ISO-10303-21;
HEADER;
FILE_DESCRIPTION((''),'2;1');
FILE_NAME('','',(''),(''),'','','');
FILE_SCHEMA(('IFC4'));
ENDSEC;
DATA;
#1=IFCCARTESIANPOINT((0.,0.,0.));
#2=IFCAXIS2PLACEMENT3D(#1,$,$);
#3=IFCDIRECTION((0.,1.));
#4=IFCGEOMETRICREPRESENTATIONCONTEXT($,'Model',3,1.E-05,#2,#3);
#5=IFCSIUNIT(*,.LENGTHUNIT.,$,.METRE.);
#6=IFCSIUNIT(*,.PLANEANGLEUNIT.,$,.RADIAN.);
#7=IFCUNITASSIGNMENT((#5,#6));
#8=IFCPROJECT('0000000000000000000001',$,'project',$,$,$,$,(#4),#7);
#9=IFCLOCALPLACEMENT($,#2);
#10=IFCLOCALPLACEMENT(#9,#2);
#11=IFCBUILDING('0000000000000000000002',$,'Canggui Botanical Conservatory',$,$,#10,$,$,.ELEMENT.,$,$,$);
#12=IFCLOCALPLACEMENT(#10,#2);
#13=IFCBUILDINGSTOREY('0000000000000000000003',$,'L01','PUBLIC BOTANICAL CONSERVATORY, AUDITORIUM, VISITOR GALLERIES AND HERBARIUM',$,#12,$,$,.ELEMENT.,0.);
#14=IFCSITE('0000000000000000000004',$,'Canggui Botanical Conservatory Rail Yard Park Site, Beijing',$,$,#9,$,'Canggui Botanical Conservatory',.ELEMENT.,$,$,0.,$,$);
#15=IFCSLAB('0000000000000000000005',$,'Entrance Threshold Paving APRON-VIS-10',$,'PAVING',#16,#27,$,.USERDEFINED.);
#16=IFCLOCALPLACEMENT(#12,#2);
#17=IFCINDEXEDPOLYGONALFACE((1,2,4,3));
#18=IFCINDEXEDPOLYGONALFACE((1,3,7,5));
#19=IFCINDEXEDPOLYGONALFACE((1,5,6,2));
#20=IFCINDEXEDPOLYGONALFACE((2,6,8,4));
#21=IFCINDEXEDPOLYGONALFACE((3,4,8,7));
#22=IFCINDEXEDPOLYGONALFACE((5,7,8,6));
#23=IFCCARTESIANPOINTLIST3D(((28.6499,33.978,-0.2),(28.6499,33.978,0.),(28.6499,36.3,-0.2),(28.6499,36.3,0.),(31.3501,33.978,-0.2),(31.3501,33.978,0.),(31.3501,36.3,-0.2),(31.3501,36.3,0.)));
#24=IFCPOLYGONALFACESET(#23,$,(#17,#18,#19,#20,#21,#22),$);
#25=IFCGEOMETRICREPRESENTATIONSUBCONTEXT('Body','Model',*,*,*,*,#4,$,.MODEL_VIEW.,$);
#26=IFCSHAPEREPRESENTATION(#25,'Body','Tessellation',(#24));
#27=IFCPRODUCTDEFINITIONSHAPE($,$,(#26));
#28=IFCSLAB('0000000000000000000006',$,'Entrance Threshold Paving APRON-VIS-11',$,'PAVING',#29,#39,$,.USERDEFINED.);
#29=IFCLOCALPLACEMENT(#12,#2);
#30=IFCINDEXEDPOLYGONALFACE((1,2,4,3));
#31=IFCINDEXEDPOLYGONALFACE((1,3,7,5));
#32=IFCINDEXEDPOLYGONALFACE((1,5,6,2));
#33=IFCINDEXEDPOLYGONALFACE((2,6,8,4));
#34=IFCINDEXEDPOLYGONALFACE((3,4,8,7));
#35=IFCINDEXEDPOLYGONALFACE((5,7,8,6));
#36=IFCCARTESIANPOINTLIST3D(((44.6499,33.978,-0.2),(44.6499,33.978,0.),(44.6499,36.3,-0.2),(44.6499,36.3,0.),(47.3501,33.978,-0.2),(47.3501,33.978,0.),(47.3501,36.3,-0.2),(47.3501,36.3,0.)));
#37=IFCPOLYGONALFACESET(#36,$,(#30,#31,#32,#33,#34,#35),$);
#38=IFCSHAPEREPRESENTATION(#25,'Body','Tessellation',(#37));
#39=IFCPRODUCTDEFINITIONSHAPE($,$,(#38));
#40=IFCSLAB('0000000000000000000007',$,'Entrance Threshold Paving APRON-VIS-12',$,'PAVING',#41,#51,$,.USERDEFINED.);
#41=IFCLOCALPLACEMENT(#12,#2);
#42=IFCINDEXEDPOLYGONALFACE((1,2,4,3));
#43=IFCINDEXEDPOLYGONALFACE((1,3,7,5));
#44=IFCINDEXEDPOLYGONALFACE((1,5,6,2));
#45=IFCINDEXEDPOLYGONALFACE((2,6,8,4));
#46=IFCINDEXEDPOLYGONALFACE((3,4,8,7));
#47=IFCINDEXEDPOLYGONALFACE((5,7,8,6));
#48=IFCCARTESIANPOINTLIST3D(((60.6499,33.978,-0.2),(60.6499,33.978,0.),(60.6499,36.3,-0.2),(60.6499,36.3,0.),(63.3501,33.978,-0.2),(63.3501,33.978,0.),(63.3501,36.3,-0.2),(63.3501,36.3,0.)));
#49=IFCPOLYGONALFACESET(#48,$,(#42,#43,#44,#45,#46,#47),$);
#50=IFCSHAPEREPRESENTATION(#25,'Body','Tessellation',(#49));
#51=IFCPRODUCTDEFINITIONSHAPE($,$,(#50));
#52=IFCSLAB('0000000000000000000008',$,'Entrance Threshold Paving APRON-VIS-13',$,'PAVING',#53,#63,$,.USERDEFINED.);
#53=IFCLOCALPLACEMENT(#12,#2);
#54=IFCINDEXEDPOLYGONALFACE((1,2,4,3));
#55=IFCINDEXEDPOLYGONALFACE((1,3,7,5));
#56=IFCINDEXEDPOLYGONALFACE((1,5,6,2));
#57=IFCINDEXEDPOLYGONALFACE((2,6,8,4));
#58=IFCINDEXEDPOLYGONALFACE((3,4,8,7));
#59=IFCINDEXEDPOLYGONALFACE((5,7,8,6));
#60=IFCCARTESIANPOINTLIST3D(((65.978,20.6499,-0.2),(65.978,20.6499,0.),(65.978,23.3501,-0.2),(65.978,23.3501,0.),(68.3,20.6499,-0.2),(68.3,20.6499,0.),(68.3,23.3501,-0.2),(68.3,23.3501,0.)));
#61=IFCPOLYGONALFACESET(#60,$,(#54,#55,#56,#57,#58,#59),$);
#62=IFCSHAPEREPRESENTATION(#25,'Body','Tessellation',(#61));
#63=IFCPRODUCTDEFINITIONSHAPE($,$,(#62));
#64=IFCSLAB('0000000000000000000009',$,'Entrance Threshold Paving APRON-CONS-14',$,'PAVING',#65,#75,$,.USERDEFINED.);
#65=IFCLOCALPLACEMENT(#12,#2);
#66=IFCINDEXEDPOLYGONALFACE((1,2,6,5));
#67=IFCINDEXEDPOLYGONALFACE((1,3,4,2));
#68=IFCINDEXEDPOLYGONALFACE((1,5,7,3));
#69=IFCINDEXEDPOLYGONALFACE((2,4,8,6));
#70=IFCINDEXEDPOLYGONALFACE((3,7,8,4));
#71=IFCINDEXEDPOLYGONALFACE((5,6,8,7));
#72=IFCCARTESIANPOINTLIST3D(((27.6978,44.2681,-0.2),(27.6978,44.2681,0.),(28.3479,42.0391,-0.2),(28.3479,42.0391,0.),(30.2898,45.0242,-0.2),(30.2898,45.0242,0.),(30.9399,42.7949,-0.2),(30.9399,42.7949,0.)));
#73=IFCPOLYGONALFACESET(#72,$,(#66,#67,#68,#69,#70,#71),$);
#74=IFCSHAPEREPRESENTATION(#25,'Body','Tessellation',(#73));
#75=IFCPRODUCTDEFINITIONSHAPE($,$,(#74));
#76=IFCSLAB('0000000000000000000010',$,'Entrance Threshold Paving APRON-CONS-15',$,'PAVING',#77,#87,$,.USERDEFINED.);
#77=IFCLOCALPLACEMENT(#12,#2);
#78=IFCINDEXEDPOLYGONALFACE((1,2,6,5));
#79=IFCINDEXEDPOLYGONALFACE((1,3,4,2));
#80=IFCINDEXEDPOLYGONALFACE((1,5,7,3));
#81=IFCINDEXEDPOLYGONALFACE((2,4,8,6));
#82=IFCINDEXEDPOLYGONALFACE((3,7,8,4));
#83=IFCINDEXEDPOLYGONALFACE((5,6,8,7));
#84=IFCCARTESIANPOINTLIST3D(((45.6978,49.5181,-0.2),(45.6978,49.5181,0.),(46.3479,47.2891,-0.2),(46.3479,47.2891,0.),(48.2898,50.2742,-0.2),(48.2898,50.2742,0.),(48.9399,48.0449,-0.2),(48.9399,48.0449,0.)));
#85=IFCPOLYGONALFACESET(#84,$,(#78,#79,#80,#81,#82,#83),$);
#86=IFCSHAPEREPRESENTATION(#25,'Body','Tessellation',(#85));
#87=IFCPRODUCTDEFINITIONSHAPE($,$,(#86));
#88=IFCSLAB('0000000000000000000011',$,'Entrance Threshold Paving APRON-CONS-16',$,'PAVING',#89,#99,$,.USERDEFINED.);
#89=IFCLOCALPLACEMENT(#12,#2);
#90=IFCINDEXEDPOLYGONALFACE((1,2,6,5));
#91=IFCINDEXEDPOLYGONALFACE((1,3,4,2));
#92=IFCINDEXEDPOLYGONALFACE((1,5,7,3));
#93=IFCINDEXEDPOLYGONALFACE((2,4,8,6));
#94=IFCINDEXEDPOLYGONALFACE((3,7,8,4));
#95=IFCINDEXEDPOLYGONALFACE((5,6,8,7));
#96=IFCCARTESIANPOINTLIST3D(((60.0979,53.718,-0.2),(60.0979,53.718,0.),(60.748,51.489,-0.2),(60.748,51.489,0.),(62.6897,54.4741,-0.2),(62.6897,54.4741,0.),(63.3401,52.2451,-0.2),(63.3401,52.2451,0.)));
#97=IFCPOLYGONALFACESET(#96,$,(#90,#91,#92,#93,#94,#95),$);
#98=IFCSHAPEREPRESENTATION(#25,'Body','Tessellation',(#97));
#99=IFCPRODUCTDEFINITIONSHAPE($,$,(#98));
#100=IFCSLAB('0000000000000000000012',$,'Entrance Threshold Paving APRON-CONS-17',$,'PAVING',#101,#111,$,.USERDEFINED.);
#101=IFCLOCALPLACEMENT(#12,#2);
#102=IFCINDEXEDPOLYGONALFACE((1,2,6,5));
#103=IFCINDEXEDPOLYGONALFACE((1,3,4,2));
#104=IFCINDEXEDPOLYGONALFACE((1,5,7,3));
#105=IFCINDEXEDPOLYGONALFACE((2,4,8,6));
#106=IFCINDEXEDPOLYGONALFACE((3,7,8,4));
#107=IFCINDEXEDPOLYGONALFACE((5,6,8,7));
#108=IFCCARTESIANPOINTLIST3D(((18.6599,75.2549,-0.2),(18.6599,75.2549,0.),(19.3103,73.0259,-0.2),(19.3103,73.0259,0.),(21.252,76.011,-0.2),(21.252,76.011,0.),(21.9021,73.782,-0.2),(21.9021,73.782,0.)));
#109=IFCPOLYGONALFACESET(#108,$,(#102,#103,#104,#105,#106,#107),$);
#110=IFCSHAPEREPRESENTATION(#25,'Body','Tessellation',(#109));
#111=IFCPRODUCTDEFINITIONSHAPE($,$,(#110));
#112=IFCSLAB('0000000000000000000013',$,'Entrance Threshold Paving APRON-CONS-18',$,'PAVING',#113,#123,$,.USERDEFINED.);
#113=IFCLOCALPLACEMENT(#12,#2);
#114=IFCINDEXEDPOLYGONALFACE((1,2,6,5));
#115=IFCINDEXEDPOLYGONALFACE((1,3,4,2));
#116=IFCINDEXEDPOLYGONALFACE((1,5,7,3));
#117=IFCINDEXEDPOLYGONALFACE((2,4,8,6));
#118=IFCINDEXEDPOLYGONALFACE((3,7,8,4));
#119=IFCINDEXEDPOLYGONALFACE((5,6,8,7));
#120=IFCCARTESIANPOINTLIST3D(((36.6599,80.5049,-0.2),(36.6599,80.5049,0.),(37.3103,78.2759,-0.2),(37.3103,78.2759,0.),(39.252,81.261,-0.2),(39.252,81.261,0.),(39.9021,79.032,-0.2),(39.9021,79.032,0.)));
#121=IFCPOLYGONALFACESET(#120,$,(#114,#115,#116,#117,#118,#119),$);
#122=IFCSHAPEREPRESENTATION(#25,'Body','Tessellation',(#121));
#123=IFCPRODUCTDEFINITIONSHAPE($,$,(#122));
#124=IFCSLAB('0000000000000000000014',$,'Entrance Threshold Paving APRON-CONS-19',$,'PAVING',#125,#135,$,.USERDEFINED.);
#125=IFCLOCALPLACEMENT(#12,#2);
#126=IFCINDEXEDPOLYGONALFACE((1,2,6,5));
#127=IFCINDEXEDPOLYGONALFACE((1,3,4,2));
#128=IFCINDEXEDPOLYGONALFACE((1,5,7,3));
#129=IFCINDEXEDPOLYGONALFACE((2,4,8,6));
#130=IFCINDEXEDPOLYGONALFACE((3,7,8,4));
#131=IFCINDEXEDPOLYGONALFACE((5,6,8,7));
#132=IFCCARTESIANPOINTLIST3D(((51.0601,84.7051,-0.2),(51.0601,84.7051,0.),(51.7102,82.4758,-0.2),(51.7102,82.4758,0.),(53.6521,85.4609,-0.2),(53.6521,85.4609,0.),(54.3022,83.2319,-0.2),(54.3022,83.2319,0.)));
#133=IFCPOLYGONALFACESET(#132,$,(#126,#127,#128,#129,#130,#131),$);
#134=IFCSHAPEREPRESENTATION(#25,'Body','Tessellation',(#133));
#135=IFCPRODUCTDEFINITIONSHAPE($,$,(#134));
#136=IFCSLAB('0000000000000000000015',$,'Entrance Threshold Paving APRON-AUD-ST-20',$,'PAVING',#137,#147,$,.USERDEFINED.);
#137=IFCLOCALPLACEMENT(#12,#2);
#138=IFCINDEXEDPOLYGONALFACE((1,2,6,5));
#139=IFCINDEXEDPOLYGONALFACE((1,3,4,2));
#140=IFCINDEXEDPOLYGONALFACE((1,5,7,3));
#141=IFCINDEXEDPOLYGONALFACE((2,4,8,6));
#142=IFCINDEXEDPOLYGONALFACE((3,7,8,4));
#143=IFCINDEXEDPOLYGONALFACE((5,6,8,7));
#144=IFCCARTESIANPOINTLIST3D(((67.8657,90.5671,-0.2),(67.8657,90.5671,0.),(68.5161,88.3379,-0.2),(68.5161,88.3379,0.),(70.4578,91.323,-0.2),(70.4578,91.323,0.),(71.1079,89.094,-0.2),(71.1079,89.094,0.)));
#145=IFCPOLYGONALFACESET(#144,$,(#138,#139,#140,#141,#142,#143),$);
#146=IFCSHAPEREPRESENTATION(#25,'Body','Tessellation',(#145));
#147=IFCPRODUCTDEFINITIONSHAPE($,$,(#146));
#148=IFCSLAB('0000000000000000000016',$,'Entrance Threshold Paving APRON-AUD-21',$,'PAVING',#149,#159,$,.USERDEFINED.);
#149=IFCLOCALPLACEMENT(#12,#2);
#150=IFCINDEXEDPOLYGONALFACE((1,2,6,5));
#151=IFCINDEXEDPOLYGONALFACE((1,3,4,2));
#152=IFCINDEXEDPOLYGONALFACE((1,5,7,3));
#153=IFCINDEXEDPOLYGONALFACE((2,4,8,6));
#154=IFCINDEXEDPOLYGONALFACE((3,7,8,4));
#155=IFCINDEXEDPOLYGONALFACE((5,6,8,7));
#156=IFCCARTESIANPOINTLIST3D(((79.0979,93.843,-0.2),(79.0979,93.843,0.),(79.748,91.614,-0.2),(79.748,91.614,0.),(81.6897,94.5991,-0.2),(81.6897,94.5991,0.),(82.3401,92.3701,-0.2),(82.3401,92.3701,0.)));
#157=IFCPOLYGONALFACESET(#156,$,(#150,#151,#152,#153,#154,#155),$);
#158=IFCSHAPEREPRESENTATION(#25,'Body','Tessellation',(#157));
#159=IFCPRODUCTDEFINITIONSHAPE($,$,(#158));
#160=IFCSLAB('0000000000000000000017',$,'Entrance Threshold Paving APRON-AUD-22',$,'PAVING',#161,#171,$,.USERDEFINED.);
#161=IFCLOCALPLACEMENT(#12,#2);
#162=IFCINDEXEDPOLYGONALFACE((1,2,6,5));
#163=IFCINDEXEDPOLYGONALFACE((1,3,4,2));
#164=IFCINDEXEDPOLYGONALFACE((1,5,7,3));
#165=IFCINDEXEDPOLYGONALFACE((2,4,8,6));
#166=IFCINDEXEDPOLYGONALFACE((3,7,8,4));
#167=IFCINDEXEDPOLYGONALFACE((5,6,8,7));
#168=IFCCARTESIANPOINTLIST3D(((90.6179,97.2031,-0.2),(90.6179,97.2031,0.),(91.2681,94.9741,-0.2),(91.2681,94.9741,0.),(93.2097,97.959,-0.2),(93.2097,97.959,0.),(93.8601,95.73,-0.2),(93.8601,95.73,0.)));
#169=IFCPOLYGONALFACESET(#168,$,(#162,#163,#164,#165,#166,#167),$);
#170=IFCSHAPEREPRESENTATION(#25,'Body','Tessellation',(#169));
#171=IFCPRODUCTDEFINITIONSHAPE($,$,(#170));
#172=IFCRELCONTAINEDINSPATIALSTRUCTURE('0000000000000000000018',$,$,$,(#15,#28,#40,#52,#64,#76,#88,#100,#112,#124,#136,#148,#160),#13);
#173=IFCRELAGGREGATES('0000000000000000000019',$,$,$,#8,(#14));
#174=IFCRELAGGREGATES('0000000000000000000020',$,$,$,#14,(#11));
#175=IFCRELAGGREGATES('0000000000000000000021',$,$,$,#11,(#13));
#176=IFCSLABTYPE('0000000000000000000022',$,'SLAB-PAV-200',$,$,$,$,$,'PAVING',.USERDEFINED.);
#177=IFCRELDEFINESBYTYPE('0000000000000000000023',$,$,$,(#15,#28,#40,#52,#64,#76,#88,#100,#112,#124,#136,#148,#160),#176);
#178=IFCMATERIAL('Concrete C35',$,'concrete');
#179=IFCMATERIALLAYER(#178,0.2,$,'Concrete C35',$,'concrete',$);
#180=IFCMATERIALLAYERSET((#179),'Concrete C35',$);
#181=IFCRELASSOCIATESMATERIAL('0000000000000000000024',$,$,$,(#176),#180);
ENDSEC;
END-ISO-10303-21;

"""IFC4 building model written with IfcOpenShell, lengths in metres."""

from ifc_helpers import new_model, si_unit, direction, frame, origin, place, context, subcontext, project, spatial, polyline, outline, extrude, material, layer, layer_set, type_object, element, save


model = new_model("IFC4")

# Units and contexts
model_context = context("Model", 3, precision=1e-05, world=origin(), true_north=direction((0.0, 1.0)))
body_context = subcontext(model_context, "Body", "Model", "MODEL_VIEW")
ifc_project = project(units=[si_unit("LENGTHUNIT", "METRE"), si_unit("PLANEANGLEUNIT", "RADIAN")], contexts=[model_context])

# Site, building, storey
site_placement = place(None, origin())
site = spatial("IfcSite", under=ifc_project, at=site_placement, Name="Canggui Botanical Conservatory Rail Yard Park Site, Beijing", LongName="Canggui Botanical Conservatory", CompositionType="ELEMENT", RefElevation=0.0)
building_placement = place(site_placement, origin())
building = spatial("IfcBuilding", under=site, at=building_placement, Name="Canggui Botanical Conservatory", CompositionType="ELEMENT")
storey_placement = place(building_placement, origin())
storey = spatial("IfcBuildingStorey", under=building, at=storey_placement, Name="L01", Description="PUBLIC BOTANICAL CONSERVATORY, AUDITORIUM, VISITOR GALLERIES AND HERBARIUM", CompositionType="ELEMENT", Elevation=0.0)

# Slabs
ifc_material = material(Name="Concrete C35", Category="concrete")
ifc_layer_1 = layer(ifc_material, 0.2, Name="Concrete C35", Category="concrete")
ifc_layer_set_1 = layer_set([ifc_layer_1], Name="Concrete C35")
slab_type_1 = type_object("IfcSlabType", Name="SLAB-PAV-200", ElementType="PAVING", PredefinedType="USERDEFINED", material=ifc_layer_set_1)
slab_1_placement = place(storey_placement, frame((0.0, 0.0, -0.2)))
element("IfcSlab", 1, at=slab_1_placement, inside=storey, type_object=slab_type_1, Name="Entrance Threshold Paving APRON-VIS-10", ObjectType="PAVING", PredefinedType="USERDEFINED", context=body_context, shape_type="SweptSolid", body=[
    extrude(outline(polyline([(31.3501, 33.978), (28.6499, 33.978), (28.6499, 36.3), (31.3501, 36.3), (31.3501, 33.978)])), origin(), (0.0, 0.0, 1.0), 0.2),
])
slab_2_placement = place(storey_placement, frame((0.0, 0.0, -0.2)))
element("IfcSlab", 2, at=slab_2_placement, inside=storey, type_object=slab_type_1, Name="Entrance Threshold Paving APRON-VIS-11", ObjectType="PAVING", PredefinedType="USERDEFINED", context=body_context, shape_type="SweptSolid", body=[
    extrude(outline(polyline([(47.3501, 33.978), (44.6499, 33.978), (44.6499, 36.3), (47.3501, 36.3), (47.3501, 33.978)])), origin(), (0.0, 0.0, 1.0), 0.2),
])
slab_3_placement = place(storey_placement, frame((0.0, 0.0, -0.2)))
element("IfcSlab", 3, at=slab_3_placement, inside=storey, type_object=slab_type_1, Name="Entrance Threshold Paving APRON-VIS-12", ObjectType="PAVING", PredefinedType="USERDEFINED", context=body_context, shape_type="SweptSolid", body=[
    extrude(outline(polyline([(63.3501, 33.978), (60.6499, 33.978), (60.6499, 36.3), (63.3501, 36.3), (63.3501, 33.978)])), origin(), (0.0, 0.0, 1.0), 0.2),
])
slab_4_placement = place(storey_placement, frame((0.0, 0.0, -0.2)))
element("IfcSlab", 4, at=slab_4_placement, inside=storey, type_object=slab_type_1, Name="Entrance Threshold Paving APRON-VIS-13", ObjectType="PAVING", PredefinedType="USERDEFINED", context=body_context, shape_type="SweptSolid", body=[
    extrude(outline(polyline([(65.978, 20.6499), (65.978, 23.3501), (68.3, 23.3501), (68.3, 20.6499), (65.978, 20.6499)])), origin(), (0.0, 0.0, 1.0), 0.2),
])
slab_5_placement = place(storey_placement, frame((0.0, 0.0, -0.2)))
element("IfcSlab", 5, at=slab_5_placement, inside=storey, type_object=slab_type_1, Name="Entrance Threshold Paving APRON-CONS-14", ObjectType="PAVING", PredefinedType="USERDEFINED", context=body_context, shape_type="SweptSolid", body=[
    extrude(outline(polyline([(27.6978, 44.2681), (30.2898, 45.0242), (30.9399, 42.7949), (28.3479, 42.0391), (27.6978, 44.2681)])), origin(), (0.0, 0.0, 1.0), 0.2),
])
slab_6_placement = place(storey_placement, frame((0.0, 0.0, -0.2)))
element("IfcSlab", 6, at=slab_6_placement, inside=storey, type_object=slab_type_1, Name="Entrance Threshold Paving APRON-CONS-15", ObjectType="PAVING", PredefinedType="USERDEFINED", context=body_context, shape_type="SweptSolid", body=[
    extrude(outline(polyline([(45.6978, 49.5181), (48.2898, 50.2742), (48.9399, 48.0449), (46.3479, 47.2891), (45.6978, 49.5181)])), origin(), (0.0, 0.0, 1.0), 0.2),
])
slab_7_placement = place(storey_placement, frame((0.0, 0.0, -0.2)))
element("IfcSlab", 7, at=slab_7_placement, inside=storey, type_object=slab_type_1, Name="Entrance Threshold Paving APRON-CONS-16", ObjectType="PAVING", PredefinedType="USERDEFINED", context=body_context, shape_type="SweptSolid", body=[
    extrude(outline(polyline([(60.0979, 53.718), (62.6897, 54.4741), (63.3401, 52.2451), (60.748, 51.489), (60.0979, 53.718)])), origin(), (0.0, 0.0, 1.0), 0.2),
])
slab_8_placement = place(storey_placement, frame((0.0, 0.0, -0.2)))
element("IfcSlab", 8, at=slab_8_placement, inside=storey, type_object=slab_type_1, Name="Entrance Threshold Paving APRON-CONS-17", ObjectType="PAVING", PredefinedType="USERDEFINED", context=body_context, shape_type="SweptSolid", body=[
    extrude(outline(polyline([(21.9021, 73.782), (19.3103, 73.0259), (18.6599, 75.2549), (21.252, 76.011), (21.9021, 73.782)])), origin(), (0.0, 0.0, 1.0), 0.2),
])
slab_9_placement = place(storey_placement, frame((0.0, 0.0, -0.2)))
element("IfcSlab", 9, at=slab_9_placement, inside=storey, type_object=slab_type_1, Name="Entrance Threshold Paving APRON-CONS-18", ObjectType="PAVING", PredefinedType="USERDEFINED", context=body_context, shape_type="SweptSolid", body=[
    extrude(outline(polyline([(39.9021, 79.032), (37.3103, 78.2759), (36.6599, 80.5049), (39.252, 81.261), (39.9021, 79.032)])), origin(), (0.0, 0.0, 1.0), 0.2),
])
slab_10_placement = place(storey_placement, frame((0.0, 0.0, -0.2)))
element("IfcSlab", 10, at=slab_10_placement, inside=storey, type_object=slab_type_1, Name="Entrance Threshold Paving APRON-CONS-19", ObjectType="PAVING", PredefinedType="USERDEFINED", context=body_context, shape_type="SweptSolid", body=[
    extrude(outline(polyline([(54.3022, 83.2319), (51.7102, 82.4758), (51.0601, 84.7051), (53.6521, 85.4609), (54.3022, 83.2319)])), origin(), (0.0, 0.0, 1.0), 0.2),
])
slab_11_placement = place(storey_placement, frame((0.0, 0.0, -0.2)))
element("IfcSlab", 11, at=slab_11_placement, inside=storey, type_object=slab_type_1, Name="Entrance Threshold Paving APRON-AUD-ST-20", ObjectType="PAVING", PredefinedType="USERDEFINED", context=body_context, shape_type="SweptSolid", body=[
    extrude(outline(polyline([(67.8657, 90.5671), (70.4578, 91.323), (71.1079, 89.094), (68.5161, 88.3379), (67.8657, 90.5671)])), origin(), (0.0, 0.0, 1.0), 0.2),
])
slab_12_placement = place(storey_placement, frame((0.0, 0.0, -0.2)))
element("IfcSlab", 12, at=slab_12_placement, inside=storey, type_object=slab_type_1, Name="Entrance Threshold Paving APRON-AUD-21", ObjectType="PAVING", PredefinedType="USERDEFINED", context=body_context, shape_type="SweptSolid", body=[
    extrude(outline(polyline([(79.0979, 93.843), (81.6897, 94.5991), (82.3401, 92.3701), (79.748, 91.614), (79.0979, 93.843)])), origin(), (0.0, 0.0, 1.0), 0.2),
])
slab_13_placement = place(storey_placement, frame((0.0, 0.0, -0.2)))
element("IfcSlab", 13, at=slab_13_placement, inside=storey, type_object=slab_type_1, Name="Entrance Threshold Paving APRON-AUD-22", ObjectType="PAVING", PredefinedType="USERDEFINED", context=body_context, shape_type="SweptSolid", body=[
    extrude(outline(polyline([(90.6179, 97.2031), (93.2097, 97.959), (93.8601, 95.73), (91.2681, 94.9741), (90.6179, 97.2031)])), origin(), (0.0, 0.0, 1.0), 0.2),
])

save(model, "model.ifc")
